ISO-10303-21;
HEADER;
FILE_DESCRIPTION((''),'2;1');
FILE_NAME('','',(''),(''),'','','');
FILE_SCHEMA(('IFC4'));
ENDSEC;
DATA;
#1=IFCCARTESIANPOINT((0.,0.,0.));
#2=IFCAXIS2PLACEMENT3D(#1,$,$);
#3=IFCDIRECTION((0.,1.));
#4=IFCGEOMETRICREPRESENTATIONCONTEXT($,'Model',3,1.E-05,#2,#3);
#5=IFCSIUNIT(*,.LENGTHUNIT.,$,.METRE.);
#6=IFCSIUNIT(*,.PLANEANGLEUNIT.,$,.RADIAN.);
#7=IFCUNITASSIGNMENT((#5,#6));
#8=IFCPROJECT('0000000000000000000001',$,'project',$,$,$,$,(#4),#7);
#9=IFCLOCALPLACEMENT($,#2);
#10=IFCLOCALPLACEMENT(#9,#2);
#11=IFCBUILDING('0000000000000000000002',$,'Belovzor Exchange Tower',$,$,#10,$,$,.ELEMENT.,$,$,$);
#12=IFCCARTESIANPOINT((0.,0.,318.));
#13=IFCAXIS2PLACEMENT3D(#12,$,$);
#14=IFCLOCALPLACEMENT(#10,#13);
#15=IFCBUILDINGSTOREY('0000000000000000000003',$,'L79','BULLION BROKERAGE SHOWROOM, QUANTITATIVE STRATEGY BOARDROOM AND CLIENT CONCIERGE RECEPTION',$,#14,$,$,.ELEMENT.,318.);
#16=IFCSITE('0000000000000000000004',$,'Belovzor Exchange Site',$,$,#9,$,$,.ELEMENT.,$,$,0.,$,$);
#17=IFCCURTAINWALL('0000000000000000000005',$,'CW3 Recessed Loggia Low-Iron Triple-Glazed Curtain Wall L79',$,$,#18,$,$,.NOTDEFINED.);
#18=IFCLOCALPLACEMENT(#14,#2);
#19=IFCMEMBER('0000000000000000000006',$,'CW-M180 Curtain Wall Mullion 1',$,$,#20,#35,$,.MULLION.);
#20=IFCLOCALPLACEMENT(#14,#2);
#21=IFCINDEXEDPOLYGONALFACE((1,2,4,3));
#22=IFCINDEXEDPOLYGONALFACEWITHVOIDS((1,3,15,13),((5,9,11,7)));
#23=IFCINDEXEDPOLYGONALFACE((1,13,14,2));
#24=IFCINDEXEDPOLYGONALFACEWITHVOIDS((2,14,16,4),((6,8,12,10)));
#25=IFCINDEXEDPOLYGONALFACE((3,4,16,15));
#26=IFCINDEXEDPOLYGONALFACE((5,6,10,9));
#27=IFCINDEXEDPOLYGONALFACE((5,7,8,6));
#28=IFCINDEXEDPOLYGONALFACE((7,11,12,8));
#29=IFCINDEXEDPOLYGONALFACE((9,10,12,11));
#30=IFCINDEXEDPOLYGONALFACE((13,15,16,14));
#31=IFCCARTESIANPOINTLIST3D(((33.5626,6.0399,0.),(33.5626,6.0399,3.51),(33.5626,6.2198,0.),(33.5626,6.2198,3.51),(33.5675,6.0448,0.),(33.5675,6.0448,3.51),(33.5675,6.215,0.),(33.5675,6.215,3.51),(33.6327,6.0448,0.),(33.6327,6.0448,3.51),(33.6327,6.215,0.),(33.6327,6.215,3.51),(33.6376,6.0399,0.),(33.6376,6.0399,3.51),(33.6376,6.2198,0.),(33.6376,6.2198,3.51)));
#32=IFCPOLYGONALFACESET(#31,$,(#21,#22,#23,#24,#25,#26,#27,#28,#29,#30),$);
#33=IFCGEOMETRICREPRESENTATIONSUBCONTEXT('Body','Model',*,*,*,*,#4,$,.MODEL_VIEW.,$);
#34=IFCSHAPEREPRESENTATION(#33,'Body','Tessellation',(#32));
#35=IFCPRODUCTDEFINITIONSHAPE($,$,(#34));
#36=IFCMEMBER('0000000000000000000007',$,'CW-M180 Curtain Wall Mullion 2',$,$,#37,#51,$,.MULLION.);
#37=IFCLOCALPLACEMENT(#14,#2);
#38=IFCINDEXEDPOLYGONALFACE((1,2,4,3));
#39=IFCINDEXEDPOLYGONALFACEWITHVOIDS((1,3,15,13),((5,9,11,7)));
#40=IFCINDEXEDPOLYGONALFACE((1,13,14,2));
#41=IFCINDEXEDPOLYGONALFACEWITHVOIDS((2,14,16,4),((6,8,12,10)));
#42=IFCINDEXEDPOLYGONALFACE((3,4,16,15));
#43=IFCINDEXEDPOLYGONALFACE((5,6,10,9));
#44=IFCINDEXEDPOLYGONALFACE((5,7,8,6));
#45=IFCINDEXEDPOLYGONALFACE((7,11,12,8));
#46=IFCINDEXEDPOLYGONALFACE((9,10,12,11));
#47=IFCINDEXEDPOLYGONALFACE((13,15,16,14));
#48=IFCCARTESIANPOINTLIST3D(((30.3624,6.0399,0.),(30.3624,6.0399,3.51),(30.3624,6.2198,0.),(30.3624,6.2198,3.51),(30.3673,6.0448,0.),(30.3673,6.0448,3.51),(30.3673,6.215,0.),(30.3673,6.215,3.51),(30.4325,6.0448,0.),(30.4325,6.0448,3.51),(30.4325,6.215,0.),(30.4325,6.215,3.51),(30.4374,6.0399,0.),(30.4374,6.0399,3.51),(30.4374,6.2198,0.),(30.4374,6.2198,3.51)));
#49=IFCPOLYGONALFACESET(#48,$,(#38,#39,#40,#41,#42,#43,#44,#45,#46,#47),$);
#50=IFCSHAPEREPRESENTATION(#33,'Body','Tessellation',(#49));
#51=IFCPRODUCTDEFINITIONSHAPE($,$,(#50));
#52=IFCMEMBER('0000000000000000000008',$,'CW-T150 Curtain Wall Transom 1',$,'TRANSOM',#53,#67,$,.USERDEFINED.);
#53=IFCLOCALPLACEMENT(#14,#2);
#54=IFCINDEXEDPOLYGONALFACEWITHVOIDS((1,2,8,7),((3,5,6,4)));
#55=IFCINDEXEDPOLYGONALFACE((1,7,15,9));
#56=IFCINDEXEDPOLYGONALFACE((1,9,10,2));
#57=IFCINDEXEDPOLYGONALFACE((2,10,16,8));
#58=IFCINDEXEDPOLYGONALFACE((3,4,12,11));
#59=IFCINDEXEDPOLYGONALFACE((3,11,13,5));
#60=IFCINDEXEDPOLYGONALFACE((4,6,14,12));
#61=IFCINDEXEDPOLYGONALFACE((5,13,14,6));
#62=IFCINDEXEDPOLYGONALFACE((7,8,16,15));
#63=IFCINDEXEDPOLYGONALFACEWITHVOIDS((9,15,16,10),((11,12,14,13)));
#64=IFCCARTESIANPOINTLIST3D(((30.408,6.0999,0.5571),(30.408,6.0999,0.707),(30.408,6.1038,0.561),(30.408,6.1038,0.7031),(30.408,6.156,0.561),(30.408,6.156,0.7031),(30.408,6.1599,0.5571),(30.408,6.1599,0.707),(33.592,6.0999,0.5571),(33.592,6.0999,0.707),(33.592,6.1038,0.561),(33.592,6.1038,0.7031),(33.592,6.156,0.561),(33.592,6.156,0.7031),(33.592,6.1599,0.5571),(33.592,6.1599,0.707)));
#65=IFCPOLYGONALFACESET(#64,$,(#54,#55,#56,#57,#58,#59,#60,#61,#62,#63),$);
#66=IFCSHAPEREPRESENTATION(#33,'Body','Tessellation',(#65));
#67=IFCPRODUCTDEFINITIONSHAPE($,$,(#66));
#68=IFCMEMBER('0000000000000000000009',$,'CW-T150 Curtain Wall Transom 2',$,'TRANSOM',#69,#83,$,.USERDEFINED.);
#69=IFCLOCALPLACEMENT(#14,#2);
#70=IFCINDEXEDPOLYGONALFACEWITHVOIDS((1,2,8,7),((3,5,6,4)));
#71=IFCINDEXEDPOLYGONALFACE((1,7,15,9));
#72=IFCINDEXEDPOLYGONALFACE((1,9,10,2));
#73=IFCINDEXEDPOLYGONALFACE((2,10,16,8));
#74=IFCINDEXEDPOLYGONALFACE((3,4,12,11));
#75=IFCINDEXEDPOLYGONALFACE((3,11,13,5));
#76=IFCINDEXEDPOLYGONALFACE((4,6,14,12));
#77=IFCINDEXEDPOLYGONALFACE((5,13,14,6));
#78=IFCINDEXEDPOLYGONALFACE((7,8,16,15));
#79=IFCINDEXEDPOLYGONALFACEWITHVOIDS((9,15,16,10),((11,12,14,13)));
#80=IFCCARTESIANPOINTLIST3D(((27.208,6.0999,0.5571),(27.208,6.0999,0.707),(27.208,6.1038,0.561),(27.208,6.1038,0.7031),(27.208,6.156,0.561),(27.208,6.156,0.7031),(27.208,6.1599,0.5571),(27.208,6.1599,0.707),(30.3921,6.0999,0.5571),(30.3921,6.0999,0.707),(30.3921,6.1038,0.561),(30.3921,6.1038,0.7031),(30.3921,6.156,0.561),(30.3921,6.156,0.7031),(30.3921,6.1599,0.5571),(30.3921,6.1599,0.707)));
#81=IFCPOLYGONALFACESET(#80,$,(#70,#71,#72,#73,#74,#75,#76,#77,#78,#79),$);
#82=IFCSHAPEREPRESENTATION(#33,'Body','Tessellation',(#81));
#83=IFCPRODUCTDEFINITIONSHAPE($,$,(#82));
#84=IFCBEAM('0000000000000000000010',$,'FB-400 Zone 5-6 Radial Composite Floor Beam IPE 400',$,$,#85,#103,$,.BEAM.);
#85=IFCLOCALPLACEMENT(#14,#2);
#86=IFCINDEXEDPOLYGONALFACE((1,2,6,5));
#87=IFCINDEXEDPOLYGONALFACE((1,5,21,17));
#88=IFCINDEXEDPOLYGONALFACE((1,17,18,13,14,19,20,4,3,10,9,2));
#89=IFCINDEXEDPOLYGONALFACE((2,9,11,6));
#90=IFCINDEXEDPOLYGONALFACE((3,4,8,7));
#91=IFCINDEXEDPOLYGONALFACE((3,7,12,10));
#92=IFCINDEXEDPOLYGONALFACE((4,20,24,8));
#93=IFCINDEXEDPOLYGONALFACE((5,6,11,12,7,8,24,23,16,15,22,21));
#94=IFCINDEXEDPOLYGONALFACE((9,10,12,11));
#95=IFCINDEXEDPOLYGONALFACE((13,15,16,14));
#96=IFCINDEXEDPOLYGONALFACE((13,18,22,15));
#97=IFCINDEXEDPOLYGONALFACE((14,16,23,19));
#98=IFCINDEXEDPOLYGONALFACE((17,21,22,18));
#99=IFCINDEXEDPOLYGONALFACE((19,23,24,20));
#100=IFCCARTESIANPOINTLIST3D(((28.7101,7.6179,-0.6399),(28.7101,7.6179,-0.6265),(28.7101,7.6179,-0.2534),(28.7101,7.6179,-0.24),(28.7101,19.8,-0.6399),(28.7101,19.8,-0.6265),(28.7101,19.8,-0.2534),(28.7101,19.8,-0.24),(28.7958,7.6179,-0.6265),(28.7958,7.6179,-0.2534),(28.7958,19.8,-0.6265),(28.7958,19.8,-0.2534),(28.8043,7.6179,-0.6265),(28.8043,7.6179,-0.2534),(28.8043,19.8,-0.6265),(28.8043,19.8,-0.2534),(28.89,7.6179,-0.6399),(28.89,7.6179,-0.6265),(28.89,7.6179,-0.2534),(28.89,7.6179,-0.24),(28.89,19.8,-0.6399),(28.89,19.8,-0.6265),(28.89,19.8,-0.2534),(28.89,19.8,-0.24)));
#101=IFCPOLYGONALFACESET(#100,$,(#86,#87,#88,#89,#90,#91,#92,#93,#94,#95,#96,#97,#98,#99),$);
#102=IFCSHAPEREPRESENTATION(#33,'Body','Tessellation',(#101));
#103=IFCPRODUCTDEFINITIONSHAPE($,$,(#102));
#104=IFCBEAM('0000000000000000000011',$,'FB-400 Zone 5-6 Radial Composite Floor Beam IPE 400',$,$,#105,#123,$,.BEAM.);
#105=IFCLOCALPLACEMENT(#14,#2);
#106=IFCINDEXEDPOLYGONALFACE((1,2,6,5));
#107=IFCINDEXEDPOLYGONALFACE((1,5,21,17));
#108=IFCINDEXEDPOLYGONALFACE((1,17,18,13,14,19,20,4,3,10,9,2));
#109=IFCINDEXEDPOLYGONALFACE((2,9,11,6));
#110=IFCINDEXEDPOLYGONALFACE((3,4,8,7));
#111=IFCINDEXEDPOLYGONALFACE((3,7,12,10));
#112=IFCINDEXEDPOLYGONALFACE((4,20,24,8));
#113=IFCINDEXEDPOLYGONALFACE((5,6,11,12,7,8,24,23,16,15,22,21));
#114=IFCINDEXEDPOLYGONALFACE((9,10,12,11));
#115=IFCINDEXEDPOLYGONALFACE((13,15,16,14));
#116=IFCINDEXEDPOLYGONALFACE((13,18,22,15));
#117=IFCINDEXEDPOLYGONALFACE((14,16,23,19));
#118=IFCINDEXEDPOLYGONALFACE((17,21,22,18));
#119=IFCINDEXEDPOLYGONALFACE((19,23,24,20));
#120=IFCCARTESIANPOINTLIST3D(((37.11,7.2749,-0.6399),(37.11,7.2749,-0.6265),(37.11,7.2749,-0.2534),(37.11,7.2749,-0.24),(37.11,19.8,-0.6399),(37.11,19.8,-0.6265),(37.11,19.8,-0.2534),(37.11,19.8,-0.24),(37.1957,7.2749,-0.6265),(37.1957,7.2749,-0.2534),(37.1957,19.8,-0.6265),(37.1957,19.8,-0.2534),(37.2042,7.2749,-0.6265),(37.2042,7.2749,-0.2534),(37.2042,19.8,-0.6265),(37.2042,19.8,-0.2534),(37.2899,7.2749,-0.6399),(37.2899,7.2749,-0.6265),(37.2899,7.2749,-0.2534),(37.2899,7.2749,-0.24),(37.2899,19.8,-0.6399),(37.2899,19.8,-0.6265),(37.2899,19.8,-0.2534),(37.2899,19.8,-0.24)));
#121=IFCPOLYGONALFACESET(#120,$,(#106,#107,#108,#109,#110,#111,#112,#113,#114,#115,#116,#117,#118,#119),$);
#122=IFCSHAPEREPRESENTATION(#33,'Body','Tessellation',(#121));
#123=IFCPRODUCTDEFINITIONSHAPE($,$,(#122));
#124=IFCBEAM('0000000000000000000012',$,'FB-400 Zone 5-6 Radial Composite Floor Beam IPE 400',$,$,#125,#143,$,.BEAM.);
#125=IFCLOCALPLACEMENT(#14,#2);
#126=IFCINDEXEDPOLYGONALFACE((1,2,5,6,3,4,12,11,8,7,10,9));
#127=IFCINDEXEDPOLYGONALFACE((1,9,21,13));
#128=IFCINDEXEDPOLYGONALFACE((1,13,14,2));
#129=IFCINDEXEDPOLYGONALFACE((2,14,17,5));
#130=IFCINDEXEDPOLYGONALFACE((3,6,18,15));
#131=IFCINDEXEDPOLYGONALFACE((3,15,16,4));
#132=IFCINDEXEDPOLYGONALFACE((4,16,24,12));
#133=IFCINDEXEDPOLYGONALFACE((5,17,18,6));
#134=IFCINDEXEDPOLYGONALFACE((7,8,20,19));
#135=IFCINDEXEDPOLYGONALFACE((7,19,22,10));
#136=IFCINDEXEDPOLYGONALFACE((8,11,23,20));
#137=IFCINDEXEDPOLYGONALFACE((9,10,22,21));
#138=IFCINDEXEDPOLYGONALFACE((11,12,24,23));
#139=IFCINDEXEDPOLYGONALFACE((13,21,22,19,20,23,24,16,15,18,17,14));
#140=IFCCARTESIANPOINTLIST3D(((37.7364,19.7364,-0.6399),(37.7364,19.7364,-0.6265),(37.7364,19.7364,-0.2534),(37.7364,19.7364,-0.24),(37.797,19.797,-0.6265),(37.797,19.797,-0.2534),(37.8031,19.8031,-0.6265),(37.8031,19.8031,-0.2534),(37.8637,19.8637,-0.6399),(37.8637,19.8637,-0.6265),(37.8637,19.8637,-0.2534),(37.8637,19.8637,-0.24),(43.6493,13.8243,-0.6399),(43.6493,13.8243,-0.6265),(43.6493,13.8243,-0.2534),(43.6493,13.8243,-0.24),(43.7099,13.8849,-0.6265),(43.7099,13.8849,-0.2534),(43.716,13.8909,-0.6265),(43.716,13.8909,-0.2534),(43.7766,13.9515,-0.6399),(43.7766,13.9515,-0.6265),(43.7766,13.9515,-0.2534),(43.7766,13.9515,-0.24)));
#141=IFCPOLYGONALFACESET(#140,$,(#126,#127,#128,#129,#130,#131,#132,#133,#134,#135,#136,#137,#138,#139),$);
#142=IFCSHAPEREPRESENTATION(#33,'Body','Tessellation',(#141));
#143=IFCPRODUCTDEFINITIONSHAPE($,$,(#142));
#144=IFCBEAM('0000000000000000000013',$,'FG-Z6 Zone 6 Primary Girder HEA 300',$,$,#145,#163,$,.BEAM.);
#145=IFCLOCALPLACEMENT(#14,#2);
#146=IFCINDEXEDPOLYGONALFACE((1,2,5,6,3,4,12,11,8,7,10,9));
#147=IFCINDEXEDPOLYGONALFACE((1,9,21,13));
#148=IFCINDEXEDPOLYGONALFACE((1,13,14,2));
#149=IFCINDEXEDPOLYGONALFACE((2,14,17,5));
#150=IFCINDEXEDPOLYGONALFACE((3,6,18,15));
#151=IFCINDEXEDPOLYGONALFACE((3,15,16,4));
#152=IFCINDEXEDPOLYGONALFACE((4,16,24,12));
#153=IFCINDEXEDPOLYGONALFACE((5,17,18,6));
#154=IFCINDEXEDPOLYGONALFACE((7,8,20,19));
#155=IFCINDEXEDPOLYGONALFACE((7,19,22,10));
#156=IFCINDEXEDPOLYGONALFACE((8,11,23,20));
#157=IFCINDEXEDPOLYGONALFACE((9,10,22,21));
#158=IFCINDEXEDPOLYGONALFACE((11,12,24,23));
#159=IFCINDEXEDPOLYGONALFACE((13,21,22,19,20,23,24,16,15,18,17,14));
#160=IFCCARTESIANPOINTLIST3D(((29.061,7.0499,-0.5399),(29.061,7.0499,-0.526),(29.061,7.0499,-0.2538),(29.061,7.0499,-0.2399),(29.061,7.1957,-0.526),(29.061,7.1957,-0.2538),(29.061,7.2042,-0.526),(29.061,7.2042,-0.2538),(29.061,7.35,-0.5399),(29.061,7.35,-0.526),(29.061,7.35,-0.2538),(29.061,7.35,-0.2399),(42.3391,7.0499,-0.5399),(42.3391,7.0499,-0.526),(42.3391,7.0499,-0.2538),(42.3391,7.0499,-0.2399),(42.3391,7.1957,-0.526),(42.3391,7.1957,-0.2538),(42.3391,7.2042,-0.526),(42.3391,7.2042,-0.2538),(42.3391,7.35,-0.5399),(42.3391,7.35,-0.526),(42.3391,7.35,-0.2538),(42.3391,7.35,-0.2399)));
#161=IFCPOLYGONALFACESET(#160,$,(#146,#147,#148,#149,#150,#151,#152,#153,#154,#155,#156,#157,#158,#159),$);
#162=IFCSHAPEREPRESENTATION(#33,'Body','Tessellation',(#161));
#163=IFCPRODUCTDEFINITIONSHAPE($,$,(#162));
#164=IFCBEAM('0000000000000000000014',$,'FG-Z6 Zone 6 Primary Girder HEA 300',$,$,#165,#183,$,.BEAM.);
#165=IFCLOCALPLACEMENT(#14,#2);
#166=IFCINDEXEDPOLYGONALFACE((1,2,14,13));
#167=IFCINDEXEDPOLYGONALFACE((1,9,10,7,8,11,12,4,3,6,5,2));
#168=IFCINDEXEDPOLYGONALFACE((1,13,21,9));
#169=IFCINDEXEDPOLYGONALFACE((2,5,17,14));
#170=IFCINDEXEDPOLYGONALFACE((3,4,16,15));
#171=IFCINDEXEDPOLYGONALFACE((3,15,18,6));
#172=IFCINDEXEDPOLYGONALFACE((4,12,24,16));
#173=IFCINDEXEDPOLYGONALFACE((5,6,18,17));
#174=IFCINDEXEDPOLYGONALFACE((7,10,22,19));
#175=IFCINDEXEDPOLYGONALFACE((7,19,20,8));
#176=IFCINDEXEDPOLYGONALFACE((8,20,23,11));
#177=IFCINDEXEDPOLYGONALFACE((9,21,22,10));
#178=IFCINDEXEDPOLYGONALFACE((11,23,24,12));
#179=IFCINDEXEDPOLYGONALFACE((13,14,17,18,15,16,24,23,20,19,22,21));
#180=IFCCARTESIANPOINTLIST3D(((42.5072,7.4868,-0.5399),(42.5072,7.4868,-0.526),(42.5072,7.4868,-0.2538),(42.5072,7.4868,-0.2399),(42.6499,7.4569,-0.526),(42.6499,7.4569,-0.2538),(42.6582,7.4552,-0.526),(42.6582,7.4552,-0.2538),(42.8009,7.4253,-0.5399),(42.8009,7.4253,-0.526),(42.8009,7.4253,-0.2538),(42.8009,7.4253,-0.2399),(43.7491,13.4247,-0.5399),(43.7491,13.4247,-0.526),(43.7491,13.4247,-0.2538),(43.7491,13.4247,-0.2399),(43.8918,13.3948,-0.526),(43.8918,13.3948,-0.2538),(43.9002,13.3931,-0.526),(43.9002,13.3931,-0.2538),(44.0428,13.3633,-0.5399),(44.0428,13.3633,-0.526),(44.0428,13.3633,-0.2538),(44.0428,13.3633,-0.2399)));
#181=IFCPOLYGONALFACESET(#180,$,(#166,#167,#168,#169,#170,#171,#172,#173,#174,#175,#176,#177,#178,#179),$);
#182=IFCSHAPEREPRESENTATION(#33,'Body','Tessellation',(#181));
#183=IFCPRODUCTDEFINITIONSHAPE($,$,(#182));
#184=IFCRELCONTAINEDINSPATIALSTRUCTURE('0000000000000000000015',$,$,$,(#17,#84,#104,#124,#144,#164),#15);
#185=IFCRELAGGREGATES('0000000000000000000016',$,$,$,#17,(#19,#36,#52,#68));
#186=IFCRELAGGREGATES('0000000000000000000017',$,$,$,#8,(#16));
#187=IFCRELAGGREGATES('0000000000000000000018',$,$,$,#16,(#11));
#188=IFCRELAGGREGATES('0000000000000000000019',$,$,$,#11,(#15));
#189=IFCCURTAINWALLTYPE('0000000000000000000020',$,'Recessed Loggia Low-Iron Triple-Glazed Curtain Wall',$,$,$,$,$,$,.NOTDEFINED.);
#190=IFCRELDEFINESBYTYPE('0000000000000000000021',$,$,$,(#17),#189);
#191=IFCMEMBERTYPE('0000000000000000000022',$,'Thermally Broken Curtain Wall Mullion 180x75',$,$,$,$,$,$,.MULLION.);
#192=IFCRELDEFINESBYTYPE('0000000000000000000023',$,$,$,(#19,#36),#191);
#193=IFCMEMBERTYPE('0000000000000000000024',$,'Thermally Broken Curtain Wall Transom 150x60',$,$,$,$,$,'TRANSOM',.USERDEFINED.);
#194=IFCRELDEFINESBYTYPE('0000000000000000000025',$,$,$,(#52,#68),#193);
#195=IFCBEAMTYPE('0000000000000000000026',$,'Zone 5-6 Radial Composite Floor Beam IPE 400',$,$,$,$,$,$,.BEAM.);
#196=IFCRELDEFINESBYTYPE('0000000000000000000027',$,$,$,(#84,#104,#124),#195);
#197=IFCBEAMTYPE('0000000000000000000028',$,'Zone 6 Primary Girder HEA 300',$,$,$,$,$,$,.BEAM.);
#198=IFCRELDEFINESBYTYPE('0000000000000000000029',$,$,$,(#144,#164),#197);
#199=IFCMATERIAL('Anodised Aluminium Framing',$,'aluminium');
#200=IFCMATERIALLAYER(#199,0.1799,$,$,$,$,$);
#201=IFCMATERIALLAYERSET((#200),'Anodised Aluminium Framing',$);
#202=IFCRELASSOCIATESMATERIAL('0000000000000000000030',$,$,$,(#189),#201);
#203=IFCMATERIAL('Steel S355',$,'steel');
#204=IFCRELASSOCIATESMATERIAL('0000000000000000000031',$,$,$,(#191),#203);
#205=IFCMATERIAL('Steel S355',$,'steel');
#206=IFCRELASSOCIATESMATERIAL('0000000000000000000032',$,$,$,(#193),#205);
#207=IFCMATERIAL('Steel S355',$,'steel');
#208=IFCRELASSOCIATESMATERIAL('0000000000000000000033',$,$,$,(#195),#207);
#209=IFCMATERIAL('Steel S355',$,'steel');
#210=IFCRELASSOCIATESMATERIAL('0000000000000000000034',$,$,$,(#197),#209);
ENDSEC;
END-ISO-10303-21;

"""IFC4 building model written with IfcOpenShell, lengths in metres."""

from ifc_helpers import new_model, si_unit, direction, frame, origin, origin_2d, place, context, subcontext, project, spatial, hollow_rectangle, i_section, extrude, material, layer, layer_set, material_profile, profile_set, type_object, element, aggregate, save


model = new_model("IFC4")

# Units and contexts
model_context = context("Model", 3, precision=1e-05, world=origin(), true_north=direction((0.0, 1.0)))
body_context = subcontext(model_context, "Body", "Model", "MODEL_VIEW")
ifc_project = project(units=[si_unit("LENGTHUNIT", "METRE"), si_unit("PLANEANGLEUNIT", "RADIAN")], contexts=[model_context])

# Site, building, storey
site_placement = place(None, origin())
site = spatial("IfcSite", under=ifc_project, at=site_placement, Name="Belovzor Exchange Site", CompositionType="ELEMENT", RefElevation=0.0)
building_placement = place(site_placement, origin())
building = spatial("IfcBuilding", under=site, at=building_placement, Name="Belovzor Exchange Tower", CompositionType="ELEMENT")
storey_placement = place(building_placement, frame((0.0, 0.0, 318.0)))
storey = spatial("IfcBuildingStorey", under=building, at=storey_placement, Name="L79", Description="BULLION BROKERAGE SHOWROOM, QUANTITATIVE STRATEGY BOARDROOM AND CLIENT CONCIERGE RECEPTION", CompositionType="ELEMENT", Elevation=318.0)

# Curtain wall, members
ifc_material_1 = material(Name="Anodised Aluminium Framing", Category="aluminium")
ifc_layer_1 = layer(ifc_material_1, 0.1799)
ifc_layer_set_1 = layer_set([ifc_layer_1], Name="Anodised Aluminium Framing")
curtain_wall_type = type_object("IfcCurtainWallType", Name="Recessed Loggia Low-Iron Triple-Glazed Curtain Wall", PredefinedType="NOTDEFINED", material=ifc_layer_set_1)
curtain_wall_placement = place(storey_placement, origin())
curtain_wall = element("IfcCurtainWall", 1, at=curtain_wall_placement, inside=storey, type_object=curtain_wall_type, Name="CW3 Recessed Loggia Low-Iron Triple-Glazed Curtain Wall L79", PredefinedType="NOTDEFINED")
ifc_material_2 = material(Name="Steel S355", Category="steel")
ifc_material_profile_1 = material_profile(ifc_material_2, hollow_rectangle(XDim=0.075, YDim=0.1799, WallThickness=0.0049, at=origin_2d()))
ifc_profile_set_1 = profile_set([ifc_material_profile_1], Name="Steel S355")
member_type_1 = type_object("IfcMemberType", Name="Thermally Broken Curtain Wall Mullion 180x75", PredefinedType="MULLION", material=ifc_profile_set_1)
member_1_placement = place(storey_placement, frame((33.6001, 6.1299, 0.0), z_axis=(0.0, 0.0, 1.0), x_axis=(-1.0, 0.0, 0.0)))
member_1 = element("IfcMember", 2, at=member_1_placement, type_object=member_type_1, Name="CW-M180 Curtain Wall Mullion 1", PredefinedType="MULLION", context=body_context, shape_type="SweptSolid", body=[
    extrude(hollow_rectangle(XDim=0.075, YDim=0.1799, WallThickness=0.0049, at=origin_2d()), origin(), (0.0, 0.0, 1.0), 3.51),
])
member_2_placement = place(storey_placement, frame((30.3999, 6.1299, 0.0), z_axis=(0.0, 0.0, 1.0), x_axis=(-1.0, 0.0, 0.0)))
member_2 = element("IfcMember", 3, at=member_2_placement, type_object=member_type_1, Name="CW-M180 Curtain Wall Mullion 2", PredefinedType="MULLION", context=body_context, shape_type="SweptSolid", body=[
    extrude(hollow_rectangle(XDim=0.075, YDim=0.1799, WallThickness=0.0049, at=origin_2d()), origin(), (0.0, 0.0, 1.0), 3.51),
])
ifc_material_3 = material(Name="Steel S355", Category="steel")
ifc_material_profile_2 = material_profile(ifc_material_3, hollow_rectangle(XDim=0.0601, YDim=0.1499, WallThickness=0.0039, at=origin_2d()))
ifc_profile_set_2 = profile_set([ifc_material_profile_2], Name="Steel S355")
member_type_2 = type_object("IfcMemberType", Name="Thermally Broken Curtain Wall Transom 150x60", ElementType="TRANSOM", PredefinedType="USERDEFINED", material=ifc_profile_set_2)
member_3_placement = place(storey_placement, frame((33.592, 6.1299, 0.6321), z_axis=(-1.0, 0.0, 0.0), x_axis=(0.0, -1.0, 0.0)))
member_3 = element("IfcMember", 4, at=member_3_placement, type_object=member_type_2, Name="CW-T150 Curtain Wall Transom 1", ObjectType="TRANSOM", PredefinedType="USERDEFINED", context=body_context, shape_type="SweptSolid", body=[
    extrude(hollow_rectangle(XDim=0.0601, YDim=0.1499, WallThickness=0.0039, at=origin_2d()), origin(), (0.0, 0.0, 1.0), 3.1841),
])
member_4_placement = place(storey_placement, frame((30.3921, 6.1299, 0.6321), z_axis=(-1.0, 0.0, 0.0), x_axis=(0.0, -1.0, 0.0)))
member_4 = element("IfcMember", 5, at=member_4_placement, type_object=member_type_2, Name="CW-T150 Curtain Wall Transom 2", ObjectType="TRANSOM", PredefinedType="USERDEFINED", context=body_context, shape_type="SweptSolid", body=[
    extrude(hollow_rectangle(XDim=0.0601, YDim=0.1499, WallThickness=0.0039, at=origin_2d()), origin(), (0.0, 0.0, 1.0), 3.1841),
])

# Beams
ifc_material_4 = material(Name="Steel S355", Category="steel")
ifc_material_profile_3 = material_profile(ifc_material_4, i_section(OverallWidth=0.1799, OverallDepth=0.3999, WebThickness=0.0085, FlangeThickness=0.0134, at=origin_2d()))
ifc_profile_set_3 = profile_set([ifc_material_profile_3], Name="Steel S355")
beam_type_1 = type_object("IfcBeamType", Name="Zone 5-6 Radial Composite Floor Beam IPE 400", PredefinedType="BEAM", material=ifc_profile_set_3)
beam_1_placement = place(storey_placement, frame((28.8, 19.8, -0.4399), z_axis=(0.0, -1.0, 0.0), x_axis=(1.0, 0.0, 0.0)))
element("IfcBeam", 6, at=beam_1_placement, inside=storey, type_object=beam_type_1, Name="FB-400 Zone 5-6 Radial Composite Floor Beam IPE 400", PredefinedType="BEAM", context=body_context, shape_type="SweptSolid", body=[
    extrude(i_section(OverallWidth=0.1799, OverallDepth=0.3999, WebThickness=0.0085, FlangeThickness=0.0134, at=origin_2d()), origin(), (0.0, 0.0, 1.0), 12.1821),
])
beam_2_placement = place(storey_placement, frame((37.2, 19.8, -0.4399), z_axis=(0.0, -1.0, 0.0), x_axis=(1.0, 0.0, 0.0)))
element("IfcBeam", 7, at=beam_2_placement, inside=storey, type_object=beam_type_1, Name="FB-400 Zone 5-6 Radial Composite Floor Beam IPE 400", PredefinedType="BEAM", context=body_context, shape_type="SweptSolid", body=[
    extrude(i_section(OverallWidth=0.1799, OverallDepth=0.3999, WebThickness=0.0085, FlangeThickness=0.0134, at=origin_2d()), origin(), (0.0, 0.0, 1.0), 12.5251),
])
beam_3_placement = place(storey_placement, frame((37.8, 19.8, -0.4399), z_axis=(0.707151, -0.707063, 0.0), x_axis=(0.707063, 0.707151, 0.0)))
element("IfcBeam", 8, at=beam_3_placement, inside=storey, type_object=beam_type_1, Name="FB-400 Zone 5-6 Radial Composite Floor Beam IPE 400", PredefinedType="BEAM", context=body_context, shape_type="SweptSolid", body=[
    extrude(i_section(OverallWidth=0.1799, OverallDepth=0.3999, WebThickness=0.0085, FlangeThickness=0.0134, at=origin_2d()), origin(), (0.0, 0.0, 1.0), 8.3616),
])
ifc_material_5 = material(Name="Steel S355", Category="steel")
ifc_material_profile_4 = material_profile(ifc_material_5, i_section(OverallWidth=0.3, OverallDepth=0.3, WebThickness=0.0085, FlangeThickness=0.0139, at=origin_2d()))
ifc_profile_set_4 = profile_set([ifc_material_profile_4], Name="Steel S355")
beam_type_2 = type_object("IfcBeamType", Name="Zone 6 Primary Girder HEA 300", PredefinedType="BEAM", material=ifc_profile_set_4)
beam_4_placement = place(storey_placement, frame((29.061, 7.2, -0.3899), z_axis=(1.0, 0.0, 0.0), x_axis=(0.0, 1.0, 0.0)))
element("IfcBeam", 9, at=beam_4_placement, inside=storey, type_object=beam_type_2, Name="FG-Z6 Zone 6 Primary Girder HEA 300", PredefinedType="BEAM", context=body_context, shape_type="SweptSolid", body=[
    extrude(i_section(OverallWidth=0.3, OverallDepth=0.3, WebThickness=0.0085, FlangeThickness=0.0139, at=origin_2d()), origin(), (0.0, 0.0, 1.0), 13.2781),
])
for number, where, z_axis, x_axis, name in (
    (10, (42.6541, 7.4561, -0.3899), (0.204722, 0.97882, 0.0), (-0.97882, 0.204722, 0.0), "FG-Z6 Zone 6 Primary Girder HEA 300"),
):
    element("IfcBeam", number, at=place(storey_placement, frame(where, z_axis=z_axis, x_axis=x_axis)), inside=storey, type_object=beam_type_2, Name=name, PredefinedType="BEAM", context=body_context, shape_type="SweptSolid", body=[
        extrude(i_section(OverallWidth=0.3, OverallDepth=0.3, WebThickness=0.0085, FlangeThickness=0.0139, at=origin_2d()), origin(), (0.0, 0.0, 1.0), 6.0664),
    ])

aggregate(curtain_wall, [member_1, member_2, member_3, member_4])

save(model, "model.ifc")
